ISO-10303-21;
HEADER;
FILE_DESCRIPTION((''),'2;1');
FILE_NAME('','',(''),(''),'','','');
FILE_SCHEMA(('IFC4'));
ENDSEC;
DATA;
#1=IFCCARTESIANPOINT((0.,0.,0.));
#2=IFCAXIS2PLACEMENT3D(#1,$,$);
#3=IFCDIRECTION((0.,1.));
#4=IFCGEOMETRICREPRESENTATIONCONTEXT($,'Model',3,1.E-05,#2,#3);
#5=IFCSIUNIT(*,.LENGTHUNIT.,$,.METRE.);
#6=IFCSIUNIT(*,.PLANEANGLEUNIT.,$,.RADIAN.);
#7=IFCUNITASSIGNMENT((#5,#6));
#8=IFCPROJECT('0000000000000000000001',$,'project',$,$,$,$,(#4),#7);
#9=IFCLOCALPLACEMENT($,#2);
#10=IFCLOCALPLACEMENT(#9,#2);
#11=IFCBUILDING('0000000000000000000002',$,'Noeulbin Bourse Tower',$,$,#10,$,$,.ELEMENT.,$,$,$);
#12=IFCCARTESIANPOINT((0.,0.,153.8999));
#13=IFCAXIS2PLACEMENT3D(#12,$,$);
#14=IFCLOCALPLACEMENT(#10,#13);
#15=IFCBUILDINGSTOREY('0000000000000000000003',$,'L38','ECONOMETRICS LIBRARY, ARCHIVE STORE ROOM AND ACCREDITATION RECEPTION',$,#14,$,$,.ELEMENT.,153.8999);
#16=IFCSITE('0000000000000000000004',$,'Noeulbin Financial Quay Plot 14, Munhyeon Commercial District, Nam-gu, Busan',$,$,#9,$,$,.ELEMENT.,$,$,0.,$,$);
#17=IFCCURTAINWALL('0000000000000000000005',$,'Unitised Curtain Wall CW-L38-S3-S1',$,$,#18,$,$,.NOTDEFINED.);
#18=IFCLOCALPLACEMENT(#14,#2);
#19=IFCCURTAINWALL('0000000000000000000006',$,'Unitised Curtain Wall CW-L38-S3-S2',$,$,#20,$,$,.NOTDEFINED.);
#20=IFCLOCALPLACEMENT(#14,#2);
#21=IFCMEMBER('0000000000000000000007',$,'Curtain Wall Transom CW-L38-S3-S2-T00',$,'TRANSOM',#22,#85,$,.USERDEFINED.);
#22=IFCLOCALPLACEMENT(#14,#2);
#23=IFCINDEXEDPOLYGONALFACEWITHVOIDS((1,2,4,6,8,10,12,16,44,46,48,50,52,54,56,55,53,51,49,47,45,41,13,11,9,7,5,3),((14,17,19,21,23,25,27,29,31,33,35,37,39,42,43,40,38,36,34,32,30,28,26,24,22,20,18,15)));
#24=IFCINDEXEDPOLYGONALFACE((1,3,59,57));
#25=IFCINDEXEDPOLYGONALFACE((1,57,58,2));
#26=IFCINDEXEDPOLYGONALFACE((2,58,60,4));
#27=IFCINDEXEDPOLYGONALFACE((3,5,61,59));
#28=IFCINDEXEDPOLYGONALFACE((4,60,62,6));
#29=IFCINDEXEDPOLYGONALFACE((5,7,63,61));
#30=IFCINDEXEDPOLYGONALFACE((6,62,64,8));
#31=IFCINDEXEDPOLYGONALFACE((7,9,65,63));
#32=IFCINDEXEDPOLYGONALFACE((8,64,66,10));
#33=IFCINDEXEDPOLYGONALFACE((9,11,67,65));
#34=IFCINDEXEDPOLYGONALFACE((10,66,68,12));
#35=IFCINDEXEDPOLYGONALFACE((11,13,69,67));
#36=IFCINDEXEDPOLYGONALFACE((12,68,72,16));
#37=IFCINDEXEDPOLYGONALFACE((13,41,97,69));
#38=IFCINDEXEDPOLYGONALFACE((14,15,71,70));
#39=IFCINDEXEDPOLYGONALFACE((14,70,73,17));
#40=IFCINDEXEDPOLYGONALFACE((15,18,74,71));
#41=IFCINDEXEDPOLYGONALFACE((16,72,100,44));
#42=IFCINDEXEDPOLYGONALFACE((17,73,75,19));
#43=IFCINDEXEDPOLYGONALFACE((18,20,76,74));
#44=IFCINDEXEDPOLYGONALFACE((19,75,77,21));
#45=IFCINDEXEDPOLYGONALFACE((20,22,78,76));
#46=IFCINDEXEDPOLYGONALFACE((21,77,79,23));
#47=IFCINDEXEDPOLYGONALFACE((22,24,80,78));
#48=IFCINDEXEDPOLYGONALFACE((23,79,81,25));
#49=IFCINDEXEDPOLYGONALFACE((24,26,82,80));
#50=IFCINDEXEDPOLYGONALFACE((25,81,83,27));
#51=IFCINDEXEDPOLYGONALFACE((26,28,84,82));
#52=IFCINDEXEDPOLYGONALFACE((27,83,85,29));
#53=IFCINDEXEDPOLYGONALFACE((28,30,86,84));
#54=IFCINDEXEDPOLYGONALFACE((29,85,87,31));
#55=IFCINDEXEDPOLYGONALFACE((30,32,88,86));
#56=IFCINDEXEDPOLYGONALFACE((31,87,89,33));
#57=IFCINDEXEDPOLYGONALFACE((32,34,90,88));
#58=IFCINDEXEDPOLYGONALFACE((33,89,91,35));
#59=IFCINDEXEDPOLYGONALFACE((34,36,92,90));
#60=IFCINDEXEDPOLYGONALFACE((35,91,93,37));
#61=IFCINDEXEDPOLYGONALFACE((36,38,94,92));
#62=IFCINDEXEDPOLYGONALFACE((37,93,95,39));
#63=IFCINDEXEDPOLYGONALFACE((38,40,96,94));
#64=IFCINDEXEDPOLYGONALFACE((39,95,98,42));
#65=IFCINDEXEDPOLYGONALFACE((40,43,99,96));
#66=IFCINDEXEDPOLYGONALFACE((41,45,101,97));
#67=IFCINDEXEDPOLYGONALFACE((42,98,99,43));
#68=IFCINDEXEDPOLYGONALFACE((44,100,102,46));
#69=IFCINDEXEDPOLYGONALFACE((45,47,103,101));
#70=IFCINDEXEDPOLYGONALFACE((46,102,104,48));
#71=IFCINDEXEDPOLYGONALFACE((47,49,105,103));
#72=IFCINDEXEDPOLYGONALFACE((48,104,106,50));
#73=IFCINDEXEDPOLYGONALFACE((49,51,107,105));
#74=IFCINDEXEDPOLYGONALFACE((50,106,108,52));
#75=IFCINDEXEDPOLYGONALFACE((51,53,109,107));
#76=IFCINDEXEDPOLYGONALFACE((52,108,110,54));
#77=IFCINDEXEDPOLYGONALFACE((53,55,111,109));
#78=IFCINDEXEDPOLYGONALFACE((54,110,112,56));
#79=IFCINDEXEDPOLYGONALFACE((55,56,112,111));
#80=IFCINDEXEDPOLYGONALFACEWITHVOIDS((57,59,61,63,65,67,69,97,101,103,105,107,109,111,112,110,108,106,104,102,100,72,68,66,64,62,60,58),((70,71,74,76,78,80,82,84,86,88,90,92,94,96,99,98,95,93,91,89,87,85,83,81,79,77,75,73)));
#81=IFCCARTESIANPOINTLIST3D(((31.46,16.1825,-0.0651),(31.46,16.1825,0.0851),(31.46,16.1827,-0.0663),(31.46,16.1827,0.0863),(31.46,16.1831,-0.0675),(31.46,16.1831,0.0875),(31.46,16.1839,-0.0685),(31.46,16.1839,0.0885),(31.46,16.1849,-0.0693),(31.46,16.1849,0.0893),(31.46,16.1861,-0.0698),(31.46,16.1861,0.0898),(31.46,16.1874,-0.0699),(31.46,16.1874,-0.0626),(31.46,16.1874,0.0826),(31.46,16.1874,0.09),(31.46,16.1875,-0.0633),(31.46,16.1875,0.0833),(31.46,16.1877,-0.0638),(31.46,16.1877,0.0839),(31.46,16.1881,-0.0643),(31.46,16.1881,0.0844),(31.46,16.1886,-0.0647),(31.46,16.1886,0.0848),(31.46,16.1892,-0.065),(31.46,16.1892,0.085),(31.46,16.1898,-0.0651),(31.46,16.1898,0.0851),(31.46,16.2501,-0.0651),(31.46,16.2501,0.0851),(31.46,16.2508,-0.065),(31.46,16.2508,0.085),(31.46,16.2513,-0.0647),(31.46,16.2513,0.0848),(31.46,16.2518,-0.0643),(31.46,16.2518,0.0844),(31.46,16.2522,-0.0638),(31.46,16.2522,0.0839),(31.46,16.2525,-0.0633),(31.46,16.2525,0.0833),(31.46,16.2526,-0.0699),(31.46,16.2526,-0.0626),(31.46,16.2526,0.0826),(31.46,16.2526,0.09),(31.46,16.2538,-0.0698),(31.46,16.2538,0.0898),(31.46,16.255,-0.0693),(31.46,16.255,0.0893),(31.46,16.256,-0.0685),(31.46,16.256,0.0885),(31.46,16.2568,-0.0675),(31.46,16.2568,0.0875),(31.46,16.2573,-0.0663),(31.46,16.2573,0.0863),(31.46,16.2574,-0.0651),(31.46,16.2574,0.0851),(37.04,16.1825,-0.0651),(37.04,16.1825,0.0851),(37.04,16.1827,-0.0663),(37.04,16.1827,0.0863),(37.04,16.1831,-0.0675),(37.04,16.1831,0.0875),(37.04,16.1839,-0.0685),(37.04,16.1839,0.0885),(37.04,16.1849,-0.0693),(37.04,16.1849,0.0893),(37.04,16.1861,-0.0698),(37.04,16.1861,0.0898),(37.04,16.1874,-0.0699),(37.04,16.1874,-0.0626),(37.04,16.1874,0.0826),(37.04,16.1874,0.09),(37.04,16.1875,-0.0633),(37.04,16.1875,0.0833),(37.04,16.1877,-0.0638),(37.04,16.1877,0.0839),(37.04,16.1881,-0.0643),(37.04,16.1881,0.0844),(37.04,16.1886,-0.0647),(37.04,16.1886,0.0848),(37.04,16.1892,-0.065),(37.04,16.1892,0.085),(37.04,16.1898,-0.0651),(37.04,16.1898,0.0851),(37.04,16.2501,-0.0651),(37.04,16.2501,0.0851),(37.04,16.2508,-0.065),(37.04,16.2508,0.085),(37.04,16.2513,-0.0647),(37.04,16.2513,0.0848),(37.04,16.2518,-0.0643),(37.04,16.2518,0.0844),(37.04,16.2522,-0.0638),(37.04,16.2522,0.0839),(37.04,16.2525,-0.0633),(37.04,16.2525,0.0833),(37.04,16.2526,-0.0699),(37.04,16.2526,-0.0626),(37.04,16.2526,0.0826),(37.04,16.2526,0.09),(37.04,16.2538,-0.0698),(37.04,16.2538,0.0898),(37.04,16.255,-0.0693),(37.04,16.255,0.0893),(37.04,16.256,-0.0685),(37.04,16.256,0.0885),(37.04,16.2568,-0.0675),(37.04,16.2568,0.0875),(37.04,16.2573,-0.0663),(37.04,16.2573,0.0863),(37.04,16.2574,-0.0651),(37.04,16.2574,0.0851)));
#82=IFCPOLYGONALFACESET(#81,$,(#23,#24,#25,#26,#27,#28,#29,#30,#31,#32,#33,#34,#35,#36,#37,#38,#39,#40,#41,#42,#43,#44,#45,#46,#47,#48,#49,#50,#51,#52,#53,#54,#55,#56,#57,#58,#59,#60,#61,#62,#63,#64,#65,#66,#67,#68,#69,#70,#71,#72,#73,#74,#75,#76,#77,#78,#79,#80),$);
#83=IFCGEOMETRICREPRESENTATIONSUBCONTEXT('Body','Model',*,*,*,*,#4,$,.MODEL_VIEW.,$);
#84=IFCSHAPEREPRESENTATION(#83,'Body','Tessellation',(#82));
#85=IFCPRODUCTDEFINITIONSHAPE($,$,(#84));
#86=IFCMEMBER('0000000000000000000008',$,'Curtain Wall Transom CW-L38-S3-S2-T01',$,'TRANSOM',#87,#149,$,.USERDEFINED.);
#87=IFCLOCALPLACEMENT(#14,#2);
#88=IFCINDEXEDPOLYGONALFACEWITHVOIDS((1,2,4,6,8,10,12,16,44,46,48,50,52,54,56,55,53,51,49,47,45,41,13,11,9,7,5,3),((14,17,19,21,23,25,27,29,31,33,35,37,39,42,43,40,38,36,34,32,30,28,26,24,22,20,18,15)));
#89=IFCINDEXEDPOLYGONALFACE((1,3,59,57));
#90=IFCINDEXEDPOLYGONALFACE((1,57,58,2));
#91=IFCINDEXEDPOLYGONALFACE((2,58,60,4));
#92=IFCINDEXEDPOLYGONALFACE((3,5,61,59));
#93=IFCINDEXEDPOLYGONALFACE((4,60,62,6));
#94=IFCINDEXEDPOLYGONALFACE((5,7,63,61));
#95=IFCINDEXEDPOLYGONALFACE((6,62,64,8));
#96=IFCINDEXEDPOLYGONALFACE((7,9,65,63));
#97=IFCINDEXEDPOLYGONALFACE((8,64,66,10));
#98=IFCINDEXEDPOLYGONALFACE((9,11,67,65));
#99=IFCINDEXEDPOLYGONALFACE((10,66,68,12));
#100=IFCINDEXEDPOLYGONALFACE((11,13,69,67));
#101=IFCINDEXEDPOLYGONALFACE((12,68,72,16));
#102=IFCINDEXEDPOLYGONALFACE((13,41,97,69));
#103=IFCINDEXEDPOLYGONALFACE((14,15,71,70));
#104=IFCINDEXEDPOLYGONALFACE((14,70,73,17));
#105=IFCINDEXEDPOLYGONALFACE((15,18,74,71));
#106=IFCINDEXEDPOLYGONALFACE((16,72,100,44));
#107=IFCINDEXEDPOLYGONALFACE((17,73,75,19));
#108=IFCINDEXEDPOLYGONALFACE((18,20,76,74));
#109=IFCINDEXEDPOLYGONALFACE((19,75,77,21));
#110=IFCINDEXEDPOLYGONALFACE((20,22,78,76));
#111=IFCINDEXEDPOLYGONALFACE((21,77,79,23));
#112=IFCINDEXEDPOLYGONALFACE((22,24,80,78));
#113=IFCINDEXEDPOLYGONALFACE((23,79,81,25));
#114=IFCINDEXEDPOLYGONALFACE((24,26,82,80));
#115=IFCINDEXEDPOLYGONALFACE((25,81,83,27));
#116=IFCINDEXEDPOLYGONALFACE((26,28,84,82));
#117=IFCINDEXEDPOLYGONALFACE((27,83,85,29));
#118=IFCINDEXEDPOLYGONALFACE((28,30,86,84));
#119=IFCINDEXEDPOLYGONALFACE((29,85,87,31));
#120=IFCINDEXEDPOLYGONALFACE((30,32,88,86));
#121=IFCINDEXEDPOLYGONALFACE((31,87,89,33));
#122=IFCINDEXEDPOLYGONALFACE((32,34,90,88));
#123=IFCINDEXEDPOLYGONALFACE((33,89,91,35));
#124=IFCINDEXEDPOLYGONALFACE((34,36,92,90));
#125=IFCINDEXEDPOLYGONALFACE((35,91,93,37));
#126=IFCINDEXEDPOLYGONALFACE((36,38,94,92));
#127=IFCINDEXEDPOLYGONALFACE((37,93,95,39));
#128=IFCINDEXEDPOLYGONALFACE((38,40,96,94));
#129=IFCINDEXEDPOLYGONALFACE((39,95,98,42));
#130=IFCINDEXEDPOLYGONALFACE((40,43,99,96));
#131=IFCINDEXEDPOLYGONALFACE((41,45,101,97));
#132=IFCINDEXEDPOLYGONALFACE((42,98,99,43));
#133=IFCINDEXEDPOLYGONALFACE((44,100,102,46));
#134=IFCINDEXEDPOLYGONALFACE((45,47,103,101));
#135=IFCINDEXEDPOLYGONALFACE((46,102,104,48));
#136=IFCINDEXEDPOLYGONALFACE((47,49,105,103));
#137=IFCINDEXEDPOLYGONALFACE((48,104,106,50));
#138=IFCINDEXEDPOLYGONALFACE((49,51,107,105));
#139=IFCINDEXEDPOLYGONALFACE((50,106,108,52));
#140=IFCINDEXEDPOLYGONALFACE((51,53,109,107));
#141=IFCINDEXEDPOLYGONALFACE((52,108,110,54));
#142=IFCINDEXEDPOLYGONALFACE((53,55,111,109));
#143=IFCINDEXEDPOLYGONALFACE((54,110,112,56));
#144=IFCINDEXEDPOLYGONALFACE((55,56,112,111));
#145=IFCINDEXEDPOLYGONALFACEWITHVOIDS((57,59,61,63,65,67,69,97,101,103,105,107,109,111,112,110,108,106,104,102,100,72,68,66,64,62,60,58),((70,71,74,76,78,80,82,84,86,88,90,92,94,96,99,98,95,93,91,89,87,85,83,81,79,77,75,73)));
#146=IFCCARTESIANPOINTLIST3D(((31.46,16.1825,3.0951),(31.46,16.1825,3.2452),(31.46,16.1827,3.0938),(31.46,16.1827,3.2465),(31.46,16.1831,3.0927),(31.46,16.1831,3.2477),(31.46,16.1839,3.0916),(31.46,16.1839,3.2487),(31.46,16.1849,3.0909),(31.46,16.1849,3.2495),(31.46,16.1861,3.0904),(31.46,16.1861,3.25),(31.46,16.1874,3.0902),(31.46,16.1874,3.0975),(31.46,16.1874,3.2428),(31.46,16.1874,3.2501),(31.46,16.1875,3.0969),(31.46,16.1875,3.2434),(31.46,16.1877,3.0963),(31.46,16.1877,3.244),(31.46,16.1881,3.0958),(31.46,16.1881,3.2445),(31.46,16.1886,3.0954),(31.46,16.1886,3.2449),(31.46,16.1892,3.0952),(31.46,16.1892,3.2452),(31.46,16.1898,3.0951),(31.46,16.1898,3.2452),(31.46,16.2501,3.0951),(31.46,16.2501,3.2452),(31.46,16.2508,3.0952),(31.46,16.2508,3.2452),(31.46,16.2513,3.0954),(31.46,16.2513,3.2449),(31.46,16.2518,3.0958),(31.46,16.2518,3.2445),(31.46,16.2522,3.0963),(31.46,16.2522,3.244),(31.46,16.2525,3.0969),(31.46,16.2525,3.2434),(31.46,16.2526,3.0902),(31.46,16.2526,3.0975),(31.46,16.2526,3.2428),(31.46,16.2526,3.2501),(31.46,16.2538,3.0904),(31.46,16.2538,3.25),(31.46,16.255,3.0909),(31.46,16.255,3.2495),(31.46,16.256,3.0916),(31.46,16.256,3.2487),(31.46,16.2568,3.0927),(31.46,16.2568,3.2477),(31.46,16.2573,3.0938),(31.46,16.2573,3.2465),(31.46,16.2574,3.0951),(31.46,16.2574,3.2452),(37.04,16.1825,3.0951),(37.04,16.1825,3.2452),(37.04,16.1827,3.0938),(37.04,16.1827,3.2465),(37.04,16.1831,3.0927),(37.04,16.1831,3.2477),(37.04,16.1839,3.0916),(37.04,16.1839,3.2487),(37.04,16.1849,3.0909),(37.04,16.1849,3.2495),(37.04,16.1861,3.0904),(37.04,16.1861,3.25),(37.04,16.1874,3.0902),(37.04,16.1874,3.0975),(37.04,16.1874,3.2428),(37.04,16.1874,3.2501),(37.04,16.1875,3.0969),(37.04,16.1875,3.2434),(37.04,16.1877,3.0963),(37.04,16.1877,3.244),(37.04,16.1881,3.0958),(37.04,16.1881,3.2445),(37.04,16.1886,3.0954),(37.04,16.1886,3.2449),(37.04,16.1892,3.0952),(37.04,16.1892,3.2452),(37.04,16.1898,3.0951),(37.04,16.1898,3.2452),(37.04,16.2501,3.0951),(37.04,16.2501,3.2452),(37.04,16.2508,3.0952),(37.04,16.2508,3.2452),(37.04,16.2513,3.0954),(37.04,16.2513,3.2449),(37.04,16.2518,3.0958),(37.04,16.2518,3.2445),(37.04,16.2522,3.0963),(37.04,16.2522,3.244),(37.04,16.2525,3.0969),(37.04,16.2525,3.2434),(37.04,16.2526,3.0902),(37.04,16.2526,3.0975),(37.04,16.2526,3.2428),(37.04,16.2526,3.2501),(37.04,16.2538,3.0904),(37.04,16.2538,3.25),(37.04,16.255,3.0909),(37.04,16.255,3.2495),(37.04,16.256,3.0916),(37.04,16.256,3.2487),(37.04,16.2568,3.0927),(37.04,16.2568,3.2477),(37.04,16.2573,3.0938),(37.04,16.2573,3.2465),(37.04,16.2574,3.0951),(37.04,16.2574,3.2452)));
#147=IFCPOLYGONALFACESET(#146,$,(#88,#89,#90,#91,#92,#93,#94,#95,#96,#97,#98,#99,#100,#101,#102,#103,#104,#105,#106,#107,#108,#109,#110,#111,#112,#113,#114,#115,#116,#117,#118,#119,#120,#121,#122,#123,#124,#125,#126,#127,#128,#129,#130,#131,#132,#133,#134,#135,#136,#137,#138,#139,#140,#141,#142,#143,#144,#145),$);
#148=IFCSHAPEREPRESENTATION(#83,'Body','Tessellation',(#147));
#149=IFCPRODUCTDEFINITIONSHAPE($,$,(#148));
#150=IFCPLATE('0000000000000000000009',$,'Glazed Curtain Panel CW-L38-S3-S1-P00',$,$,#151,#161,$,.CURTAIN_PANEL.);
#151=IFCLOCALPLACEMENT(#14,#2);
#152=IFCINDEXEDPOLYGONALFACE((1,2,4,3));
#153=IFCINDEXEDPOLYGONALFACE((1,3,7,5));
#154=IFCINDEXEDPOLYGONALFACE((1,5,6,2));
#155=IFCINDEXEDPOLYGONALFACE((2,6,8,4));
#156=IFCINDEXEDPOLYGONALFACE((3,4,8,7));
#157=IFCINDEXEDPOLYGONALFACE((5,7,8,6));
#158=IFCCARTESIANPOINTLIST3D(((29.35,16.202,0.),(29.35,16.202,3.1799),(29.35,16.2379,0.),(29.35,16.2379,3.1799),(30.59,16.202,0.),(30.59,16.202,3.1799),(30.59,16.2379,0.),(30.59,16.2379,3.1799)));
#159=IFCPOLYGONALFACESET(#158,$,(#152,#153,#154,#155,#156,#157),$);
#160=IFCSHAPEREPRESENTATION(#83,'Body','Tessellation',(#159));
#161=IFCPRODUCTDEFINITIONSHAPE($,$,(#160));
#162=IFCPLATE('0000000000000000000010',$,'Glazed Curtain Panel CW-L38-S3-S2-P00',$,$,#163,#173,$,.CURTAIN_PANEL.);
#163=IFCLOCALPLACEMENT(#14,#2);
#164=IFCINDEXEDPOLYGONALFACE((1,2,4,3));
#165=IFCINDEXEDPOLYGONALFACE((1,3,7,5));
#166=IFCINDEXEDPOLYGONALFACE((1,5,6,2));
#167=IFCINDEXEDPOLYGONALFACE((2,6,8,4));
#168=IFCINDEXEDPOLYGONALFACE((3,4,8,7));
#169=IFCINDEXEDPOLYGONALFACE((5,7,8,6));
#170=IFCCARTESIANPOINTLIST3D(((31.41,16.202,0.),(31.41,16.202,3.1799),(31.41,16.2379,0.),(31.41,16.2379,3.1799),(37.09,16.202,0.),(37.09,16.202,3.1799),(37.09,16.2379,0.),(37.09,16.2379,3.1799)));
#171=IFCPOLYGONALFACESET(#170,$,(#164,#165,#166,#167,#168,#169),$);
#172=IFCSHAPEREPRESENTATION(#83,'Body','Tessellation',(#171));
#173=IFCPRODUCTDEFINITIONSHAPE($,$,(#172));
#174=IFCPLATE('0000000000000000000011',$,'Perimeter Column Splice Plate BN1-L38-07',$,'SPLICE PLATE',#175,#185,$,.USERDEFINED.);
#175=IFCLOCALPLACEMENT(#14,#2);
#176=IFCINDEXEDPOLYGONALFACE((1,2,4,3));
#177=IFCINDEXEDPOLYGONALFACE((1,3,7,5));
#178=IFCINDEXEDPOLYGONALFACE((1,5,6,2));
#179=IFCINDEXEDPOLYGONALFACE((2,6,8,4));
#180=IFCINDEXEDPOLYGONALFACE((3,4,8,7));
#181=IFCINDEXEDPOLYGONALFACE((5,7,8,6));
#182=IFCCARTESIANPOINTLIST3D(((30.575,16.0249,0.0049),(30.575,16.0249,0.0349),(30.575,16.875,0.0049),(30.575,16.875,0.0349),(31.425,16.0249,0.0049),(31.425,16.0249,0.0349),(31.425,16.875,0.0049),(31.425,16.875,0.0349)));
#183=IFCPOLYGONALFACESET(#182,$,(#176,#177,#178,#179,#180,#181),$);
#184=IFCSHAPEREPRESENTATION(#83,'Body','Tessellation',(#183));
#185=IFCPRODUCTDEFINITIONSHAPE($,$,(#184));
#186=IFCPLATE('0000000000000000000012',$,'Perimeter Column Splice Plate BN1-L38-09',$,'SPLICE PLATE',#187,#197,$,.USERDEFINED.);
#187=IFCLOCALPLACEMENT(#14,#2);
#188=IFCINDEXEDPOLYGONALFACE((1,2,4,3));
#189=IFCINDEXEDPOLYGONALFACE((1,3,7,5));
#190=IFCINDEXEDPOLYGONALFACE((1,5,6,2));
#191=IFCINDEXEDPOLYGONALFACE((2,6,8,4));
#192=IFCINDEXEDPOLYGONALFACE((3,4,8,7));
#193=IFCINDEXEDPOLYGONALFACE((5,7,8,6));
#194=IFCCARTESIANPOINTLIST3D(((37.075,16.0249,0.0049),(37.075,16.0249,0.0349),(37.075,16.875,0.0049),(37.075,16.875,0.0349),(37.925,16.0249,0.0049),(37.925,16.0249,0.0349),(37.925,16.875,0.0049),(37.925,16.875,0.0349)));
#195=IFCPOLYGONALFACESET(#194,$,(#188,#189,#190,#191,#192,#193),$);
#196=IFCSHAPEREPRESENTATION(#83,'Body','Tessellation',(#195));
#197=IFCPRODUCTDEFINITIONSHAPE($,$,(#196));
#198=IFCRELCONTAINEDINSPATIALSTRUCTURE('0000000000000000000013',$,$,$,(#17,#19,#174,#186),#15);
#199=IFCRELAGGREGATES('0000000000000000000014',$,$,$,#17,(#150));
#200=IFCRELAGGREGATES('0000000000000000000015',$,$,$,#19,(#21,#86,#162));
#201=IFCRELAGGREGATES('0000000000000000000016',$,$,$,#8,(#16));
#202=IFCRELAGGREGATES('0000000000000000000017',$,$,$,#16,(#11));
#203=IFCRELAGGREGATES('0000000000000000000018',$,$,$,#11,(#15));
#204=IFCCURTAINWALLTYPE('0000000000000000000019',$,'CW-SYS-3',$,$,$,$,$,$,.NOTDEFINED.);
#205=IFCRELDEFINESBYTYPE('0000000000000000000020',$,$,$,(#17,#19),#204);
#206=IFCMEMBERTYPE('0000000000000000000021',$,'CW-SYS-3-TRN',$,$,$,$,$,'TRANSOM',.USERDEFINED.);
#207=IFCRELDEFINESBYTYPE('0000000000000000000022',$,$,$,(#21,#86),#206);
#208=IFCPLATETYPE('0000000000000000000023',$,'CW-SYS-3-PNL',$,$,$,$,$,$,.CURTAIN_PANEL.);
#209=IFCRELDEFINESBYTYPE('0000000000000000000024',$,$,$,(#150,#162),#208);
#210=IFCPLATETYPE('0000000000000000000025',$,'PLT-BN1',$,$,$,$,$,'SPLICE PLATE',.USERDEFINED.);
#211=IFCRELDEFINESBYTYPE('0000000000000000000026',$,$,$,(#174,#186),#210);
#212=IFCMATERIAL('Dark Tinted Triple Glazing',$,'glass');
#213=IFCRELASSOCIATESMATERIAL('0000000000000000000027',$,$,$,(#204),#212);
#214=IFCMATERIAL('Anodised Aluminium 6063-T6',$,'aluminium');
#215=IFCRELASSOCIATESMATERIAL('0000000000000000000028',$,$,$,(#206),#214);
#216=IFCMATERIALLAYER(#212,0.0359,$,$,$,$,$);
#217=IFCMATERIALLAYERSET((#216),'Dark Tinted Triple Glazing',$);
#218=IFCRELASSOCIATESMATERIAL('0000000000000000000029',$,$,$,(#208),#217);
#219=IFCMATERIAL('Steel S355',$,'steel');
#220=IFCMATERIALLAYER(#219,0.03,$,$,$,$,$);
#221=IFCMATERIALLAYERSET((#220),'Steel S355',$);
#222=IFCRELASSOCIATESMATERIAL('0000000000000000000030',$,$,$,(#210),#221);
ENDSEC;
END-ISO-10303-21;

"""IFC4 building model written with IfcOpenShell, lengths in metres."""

from ifc_helpers import new_model, si_unit, direction, frame, origin, origin_2d, place, context, subcontext, project, spatial, rectangle, hollow_rectangle, extrude, material, layer, layer_set, material_profile, profile_set, type_object, element, aggregate, save


model = new_model("IFC4")

# Units and contexts
model_context = context("Model", 3, precision=1e-05, world=origin(), true_north=direction((0.0, 1.0)))
body_context = subcontext(model_context, "Body", "Model", "MODEL_VIEW")
ifc_project = project(units=[si_unit("LENGTHUNIT", "METRE"), si_unit("PLANEANGLEUNIT", "RADIAN")], contexts=[model_context])

# Site, building, storey
site_placement = place(None, origin())
site = spatial("IfcSite", under=ifc_project, at=site_placement, Name="Noeulbin Financial Quay Plot 14, Munhyeon Commercial District, Nam-gu, Busan", CompositionType="ELEMENT", RefElevation=0.0)
building_placement = place(site_placement, origin())
building = spatial("IfcBuilding", under=site, at=building_placement, Name="Noeulbin Bourse Tower", CompositionType="ELEMENT")
storey_placement = place(building_placement, frame((0.0, 0.0, 153.8999)))
storey = spatial("IfcBuildingStorey", under=building, at=storey_placement, Name="L38", Description="ECONOMETRICS LIBRARY, ARCHIVE STORE ROOM AND ACCREDITATION RECEPTION", CompositionType="ELEMENT", Elevation=153.8999)

# Shared definitions
ifc_material_1 = material(Name="Steel S355", Category="steel")

# Curtain walls
ifc_material_2 = material(Name="Dark Tinted Triple Glazing", Category="glass")
curtain_wall_type = type_object("IfcCurtainWallType", Name="CW-SYS-3", PredefinedType="NOTDEFINED", material=ifc_material_2)
curtain_wall_1_placement = place(storey_placement, origin())
curtain_wall_1 = element("IfcCurtainWall", 1, at=curtain_wall_1_placement, inside=storey, type_object=curtain_wall_type, Name="Unitised Curtain Wall CW-L38-S3-S1", PredefinedType="NOTDEFINED")
ifc_material_3 = material(Name="Anodised Aluminium 6063-T6", Category="aluminium")
curtain_wall_2_placement = place(storey_placement, origin())
curtain_wall_2 = element("IfcCurtainWall", 2, at=curtain_wall_2_placement, inside=storey, type_object=curtain_wall_type, Name="Unitised Curtain Wall CW-L38-S3-S2", PredefinedType="NOTDEFINED")

# Members
ifc_material_profile_1 = material_profile(ifc_material_3, hollow_rectangle(XDim=0.075, YDim=0.1599, WallThickness=0.0049, InnerFilletRadius=0.0024, OuterFilletRadius=0.0049, at=origin_2d()), Name="ALU-TRAN-75x160x5", Category="LoadBearing")
ifc_profile_set_1 = profile_set([ifc_material_profile_1], Name="Anodised Aluminium 6063-T6")
member_type_1 = type_object("IfcMemberType", Name="CW-SYS-3-TRN", ElementType="TRANSOM", PredefinedType="USERDEFINED", material=ifc_profile_set_1)
member_1_placement = place(storey_placement, frame((31.46, 16.22, 0.01), z_axis=(1.0, 0.0, 0.0), x_axis=(0.0, 1.0, 0.0)))
member_1 = element("IfcMember", 3, at=member_1_placement, type_object=member_type_1, Name="Curtain Wall Transom CW-L38-S3-S2-T00", ObjectType="TRANSOM", PredefinedType="USERDEFINED", context=body_context, shape_type="SweptSolid", body=[
    extrude(hollow_rectangle(XDim=0.075, YDim=0.1599, WallThickness=0.0049, InnerFilletRadius=0.0024, OuterFilletRadius=0.0049, at=origin_2d()), origin(), (0.0, 0.0, 1.0), 5.5801),
])
member_2_placement = place(storey_placement, frame((31.46, 16.22, 3.1702), z_axis=(1.0, 0.0, 0.0), x_axis=(0.0, 1.0, 0.0)))
member_2 = element("IfcMember", 4, at=member_2_placement, type_object=member_type_1, Name="Curtain Wall Transom CW-L38-S3-S2-T01", ObjectType="TRANSOM", PredefinedType="USERDEFINED", context=body_context, shape_type="SweptSolid", body=[
    extrude(hollow_rectangle(XDim=0.075, YDim=0.1599, WallThickness=0.0049, InnerFilletRadius=0.0024, OuterFilletRadius=0.0049, at=origin_2d()), origin(), (0.0, 0.0, 1.0), 5.5801),
])

# Plates
ifc_layer_1 = layer(ifc_material_2, 0.0359)
ifc_layer_set_1 = layer_set([ifc_layer_1], Name="Dark Tinted Triple Glazing")
plate_type_1 = type_object("IfcPlateType", Name="CW-SYS-3-PNL", PredefinedType="CURTAIN_PANEL", material=ifc_layer_set_1)
plate_1_placement = place(storey_placement, frame((29.97, 16.22, 0.0), z_axis=(0.0, 0.0, 1.0), x_axis=(1.0, 0.0, 0.0)))
plate_1 = element("IfcPlate", 5, at=plate_1_placement, type_object=plate_type_1, Name="Glazed Curtain Panel CW-L38-S3-S1-P00", PredefinedType="CURTAIN_PANEL", context=body_context, shape_type="SweptSolid", body=[
    extrude(rectangle(XDim=1.24, YDim=0.0359, at=origin_2d()), origin(), (0.0, 0.0, 1.0), 3.1799),
])
aggregate(curtain_wall_1, [plate_1])
plate_2_placement = place(storey_placement, frame((34.25, 16.22, 0.0), z_axis=(0.0, 0.0, 1.0), x_axis=(1.0, 0.0, 0.0)))
plate_2 = element("IfcPlate", 6, at=plate_2_placement, type_object=plate_type_1, Name="Glazed Curtain Panel CW-L38-S3-S2-P00", PredefinedType="CURTAIN_PANEL", context=body_context, shape_type="SweptSolid", body=[
    extrude(rectangle(XDim=5.6799, YDim=0.0359, at=origin_2d()), origin(), (0.0, 0.0, 1.0), 3.1799),
])
aggregate(curtain_wall_2, [member_1, member_2, plate_2])

# Plates
ifc_layer_2 = layer(ifc_material_1, 0.03)
ifc_layer_set_2 = layer_set([ifc_layer_2], Name="Steel S355")
plate_type_2 = type_object("IfcPlateType", Name="PLT-BN1", ElementType="SPLICE PLATE", PredefinedType="USERDEFINED", material=ifc_layer_set_2)
for number, where, z_axis, x_axis, name in (
    (7, (31.0, 16.45, 0.0049), (0.0, 0.0, 1.0), (1.0, 0.0, 0.0), "Perimeter Column Splice Plate BN1-L38-07"),
    (8, (37.5, 16.45, 0.0049), (0.0, 0.0, 1.0), (1.0, 0.0, 0.0), "Perimeter Column Splice Plate BN1-L38-09"),
):
    element("IfcPlate", number, at=place(storey_placement, frame(where, z_axis=z_axis, x_axis=x_axis)), inside=storey, type_object=plate_type_2, Name=name, ObjectType="SPLICE PLATE", PredefinedType="USERDEFINED", context=body_context, shape_type="SweptSolid", body=[
        extrude(rectangle(XDim=0.8501, YDim=0.8501, at=origin_2d()), origin(), (0.0, 0.0, 1.0), 0.03),
    ])

save(model, "model.ifc")
